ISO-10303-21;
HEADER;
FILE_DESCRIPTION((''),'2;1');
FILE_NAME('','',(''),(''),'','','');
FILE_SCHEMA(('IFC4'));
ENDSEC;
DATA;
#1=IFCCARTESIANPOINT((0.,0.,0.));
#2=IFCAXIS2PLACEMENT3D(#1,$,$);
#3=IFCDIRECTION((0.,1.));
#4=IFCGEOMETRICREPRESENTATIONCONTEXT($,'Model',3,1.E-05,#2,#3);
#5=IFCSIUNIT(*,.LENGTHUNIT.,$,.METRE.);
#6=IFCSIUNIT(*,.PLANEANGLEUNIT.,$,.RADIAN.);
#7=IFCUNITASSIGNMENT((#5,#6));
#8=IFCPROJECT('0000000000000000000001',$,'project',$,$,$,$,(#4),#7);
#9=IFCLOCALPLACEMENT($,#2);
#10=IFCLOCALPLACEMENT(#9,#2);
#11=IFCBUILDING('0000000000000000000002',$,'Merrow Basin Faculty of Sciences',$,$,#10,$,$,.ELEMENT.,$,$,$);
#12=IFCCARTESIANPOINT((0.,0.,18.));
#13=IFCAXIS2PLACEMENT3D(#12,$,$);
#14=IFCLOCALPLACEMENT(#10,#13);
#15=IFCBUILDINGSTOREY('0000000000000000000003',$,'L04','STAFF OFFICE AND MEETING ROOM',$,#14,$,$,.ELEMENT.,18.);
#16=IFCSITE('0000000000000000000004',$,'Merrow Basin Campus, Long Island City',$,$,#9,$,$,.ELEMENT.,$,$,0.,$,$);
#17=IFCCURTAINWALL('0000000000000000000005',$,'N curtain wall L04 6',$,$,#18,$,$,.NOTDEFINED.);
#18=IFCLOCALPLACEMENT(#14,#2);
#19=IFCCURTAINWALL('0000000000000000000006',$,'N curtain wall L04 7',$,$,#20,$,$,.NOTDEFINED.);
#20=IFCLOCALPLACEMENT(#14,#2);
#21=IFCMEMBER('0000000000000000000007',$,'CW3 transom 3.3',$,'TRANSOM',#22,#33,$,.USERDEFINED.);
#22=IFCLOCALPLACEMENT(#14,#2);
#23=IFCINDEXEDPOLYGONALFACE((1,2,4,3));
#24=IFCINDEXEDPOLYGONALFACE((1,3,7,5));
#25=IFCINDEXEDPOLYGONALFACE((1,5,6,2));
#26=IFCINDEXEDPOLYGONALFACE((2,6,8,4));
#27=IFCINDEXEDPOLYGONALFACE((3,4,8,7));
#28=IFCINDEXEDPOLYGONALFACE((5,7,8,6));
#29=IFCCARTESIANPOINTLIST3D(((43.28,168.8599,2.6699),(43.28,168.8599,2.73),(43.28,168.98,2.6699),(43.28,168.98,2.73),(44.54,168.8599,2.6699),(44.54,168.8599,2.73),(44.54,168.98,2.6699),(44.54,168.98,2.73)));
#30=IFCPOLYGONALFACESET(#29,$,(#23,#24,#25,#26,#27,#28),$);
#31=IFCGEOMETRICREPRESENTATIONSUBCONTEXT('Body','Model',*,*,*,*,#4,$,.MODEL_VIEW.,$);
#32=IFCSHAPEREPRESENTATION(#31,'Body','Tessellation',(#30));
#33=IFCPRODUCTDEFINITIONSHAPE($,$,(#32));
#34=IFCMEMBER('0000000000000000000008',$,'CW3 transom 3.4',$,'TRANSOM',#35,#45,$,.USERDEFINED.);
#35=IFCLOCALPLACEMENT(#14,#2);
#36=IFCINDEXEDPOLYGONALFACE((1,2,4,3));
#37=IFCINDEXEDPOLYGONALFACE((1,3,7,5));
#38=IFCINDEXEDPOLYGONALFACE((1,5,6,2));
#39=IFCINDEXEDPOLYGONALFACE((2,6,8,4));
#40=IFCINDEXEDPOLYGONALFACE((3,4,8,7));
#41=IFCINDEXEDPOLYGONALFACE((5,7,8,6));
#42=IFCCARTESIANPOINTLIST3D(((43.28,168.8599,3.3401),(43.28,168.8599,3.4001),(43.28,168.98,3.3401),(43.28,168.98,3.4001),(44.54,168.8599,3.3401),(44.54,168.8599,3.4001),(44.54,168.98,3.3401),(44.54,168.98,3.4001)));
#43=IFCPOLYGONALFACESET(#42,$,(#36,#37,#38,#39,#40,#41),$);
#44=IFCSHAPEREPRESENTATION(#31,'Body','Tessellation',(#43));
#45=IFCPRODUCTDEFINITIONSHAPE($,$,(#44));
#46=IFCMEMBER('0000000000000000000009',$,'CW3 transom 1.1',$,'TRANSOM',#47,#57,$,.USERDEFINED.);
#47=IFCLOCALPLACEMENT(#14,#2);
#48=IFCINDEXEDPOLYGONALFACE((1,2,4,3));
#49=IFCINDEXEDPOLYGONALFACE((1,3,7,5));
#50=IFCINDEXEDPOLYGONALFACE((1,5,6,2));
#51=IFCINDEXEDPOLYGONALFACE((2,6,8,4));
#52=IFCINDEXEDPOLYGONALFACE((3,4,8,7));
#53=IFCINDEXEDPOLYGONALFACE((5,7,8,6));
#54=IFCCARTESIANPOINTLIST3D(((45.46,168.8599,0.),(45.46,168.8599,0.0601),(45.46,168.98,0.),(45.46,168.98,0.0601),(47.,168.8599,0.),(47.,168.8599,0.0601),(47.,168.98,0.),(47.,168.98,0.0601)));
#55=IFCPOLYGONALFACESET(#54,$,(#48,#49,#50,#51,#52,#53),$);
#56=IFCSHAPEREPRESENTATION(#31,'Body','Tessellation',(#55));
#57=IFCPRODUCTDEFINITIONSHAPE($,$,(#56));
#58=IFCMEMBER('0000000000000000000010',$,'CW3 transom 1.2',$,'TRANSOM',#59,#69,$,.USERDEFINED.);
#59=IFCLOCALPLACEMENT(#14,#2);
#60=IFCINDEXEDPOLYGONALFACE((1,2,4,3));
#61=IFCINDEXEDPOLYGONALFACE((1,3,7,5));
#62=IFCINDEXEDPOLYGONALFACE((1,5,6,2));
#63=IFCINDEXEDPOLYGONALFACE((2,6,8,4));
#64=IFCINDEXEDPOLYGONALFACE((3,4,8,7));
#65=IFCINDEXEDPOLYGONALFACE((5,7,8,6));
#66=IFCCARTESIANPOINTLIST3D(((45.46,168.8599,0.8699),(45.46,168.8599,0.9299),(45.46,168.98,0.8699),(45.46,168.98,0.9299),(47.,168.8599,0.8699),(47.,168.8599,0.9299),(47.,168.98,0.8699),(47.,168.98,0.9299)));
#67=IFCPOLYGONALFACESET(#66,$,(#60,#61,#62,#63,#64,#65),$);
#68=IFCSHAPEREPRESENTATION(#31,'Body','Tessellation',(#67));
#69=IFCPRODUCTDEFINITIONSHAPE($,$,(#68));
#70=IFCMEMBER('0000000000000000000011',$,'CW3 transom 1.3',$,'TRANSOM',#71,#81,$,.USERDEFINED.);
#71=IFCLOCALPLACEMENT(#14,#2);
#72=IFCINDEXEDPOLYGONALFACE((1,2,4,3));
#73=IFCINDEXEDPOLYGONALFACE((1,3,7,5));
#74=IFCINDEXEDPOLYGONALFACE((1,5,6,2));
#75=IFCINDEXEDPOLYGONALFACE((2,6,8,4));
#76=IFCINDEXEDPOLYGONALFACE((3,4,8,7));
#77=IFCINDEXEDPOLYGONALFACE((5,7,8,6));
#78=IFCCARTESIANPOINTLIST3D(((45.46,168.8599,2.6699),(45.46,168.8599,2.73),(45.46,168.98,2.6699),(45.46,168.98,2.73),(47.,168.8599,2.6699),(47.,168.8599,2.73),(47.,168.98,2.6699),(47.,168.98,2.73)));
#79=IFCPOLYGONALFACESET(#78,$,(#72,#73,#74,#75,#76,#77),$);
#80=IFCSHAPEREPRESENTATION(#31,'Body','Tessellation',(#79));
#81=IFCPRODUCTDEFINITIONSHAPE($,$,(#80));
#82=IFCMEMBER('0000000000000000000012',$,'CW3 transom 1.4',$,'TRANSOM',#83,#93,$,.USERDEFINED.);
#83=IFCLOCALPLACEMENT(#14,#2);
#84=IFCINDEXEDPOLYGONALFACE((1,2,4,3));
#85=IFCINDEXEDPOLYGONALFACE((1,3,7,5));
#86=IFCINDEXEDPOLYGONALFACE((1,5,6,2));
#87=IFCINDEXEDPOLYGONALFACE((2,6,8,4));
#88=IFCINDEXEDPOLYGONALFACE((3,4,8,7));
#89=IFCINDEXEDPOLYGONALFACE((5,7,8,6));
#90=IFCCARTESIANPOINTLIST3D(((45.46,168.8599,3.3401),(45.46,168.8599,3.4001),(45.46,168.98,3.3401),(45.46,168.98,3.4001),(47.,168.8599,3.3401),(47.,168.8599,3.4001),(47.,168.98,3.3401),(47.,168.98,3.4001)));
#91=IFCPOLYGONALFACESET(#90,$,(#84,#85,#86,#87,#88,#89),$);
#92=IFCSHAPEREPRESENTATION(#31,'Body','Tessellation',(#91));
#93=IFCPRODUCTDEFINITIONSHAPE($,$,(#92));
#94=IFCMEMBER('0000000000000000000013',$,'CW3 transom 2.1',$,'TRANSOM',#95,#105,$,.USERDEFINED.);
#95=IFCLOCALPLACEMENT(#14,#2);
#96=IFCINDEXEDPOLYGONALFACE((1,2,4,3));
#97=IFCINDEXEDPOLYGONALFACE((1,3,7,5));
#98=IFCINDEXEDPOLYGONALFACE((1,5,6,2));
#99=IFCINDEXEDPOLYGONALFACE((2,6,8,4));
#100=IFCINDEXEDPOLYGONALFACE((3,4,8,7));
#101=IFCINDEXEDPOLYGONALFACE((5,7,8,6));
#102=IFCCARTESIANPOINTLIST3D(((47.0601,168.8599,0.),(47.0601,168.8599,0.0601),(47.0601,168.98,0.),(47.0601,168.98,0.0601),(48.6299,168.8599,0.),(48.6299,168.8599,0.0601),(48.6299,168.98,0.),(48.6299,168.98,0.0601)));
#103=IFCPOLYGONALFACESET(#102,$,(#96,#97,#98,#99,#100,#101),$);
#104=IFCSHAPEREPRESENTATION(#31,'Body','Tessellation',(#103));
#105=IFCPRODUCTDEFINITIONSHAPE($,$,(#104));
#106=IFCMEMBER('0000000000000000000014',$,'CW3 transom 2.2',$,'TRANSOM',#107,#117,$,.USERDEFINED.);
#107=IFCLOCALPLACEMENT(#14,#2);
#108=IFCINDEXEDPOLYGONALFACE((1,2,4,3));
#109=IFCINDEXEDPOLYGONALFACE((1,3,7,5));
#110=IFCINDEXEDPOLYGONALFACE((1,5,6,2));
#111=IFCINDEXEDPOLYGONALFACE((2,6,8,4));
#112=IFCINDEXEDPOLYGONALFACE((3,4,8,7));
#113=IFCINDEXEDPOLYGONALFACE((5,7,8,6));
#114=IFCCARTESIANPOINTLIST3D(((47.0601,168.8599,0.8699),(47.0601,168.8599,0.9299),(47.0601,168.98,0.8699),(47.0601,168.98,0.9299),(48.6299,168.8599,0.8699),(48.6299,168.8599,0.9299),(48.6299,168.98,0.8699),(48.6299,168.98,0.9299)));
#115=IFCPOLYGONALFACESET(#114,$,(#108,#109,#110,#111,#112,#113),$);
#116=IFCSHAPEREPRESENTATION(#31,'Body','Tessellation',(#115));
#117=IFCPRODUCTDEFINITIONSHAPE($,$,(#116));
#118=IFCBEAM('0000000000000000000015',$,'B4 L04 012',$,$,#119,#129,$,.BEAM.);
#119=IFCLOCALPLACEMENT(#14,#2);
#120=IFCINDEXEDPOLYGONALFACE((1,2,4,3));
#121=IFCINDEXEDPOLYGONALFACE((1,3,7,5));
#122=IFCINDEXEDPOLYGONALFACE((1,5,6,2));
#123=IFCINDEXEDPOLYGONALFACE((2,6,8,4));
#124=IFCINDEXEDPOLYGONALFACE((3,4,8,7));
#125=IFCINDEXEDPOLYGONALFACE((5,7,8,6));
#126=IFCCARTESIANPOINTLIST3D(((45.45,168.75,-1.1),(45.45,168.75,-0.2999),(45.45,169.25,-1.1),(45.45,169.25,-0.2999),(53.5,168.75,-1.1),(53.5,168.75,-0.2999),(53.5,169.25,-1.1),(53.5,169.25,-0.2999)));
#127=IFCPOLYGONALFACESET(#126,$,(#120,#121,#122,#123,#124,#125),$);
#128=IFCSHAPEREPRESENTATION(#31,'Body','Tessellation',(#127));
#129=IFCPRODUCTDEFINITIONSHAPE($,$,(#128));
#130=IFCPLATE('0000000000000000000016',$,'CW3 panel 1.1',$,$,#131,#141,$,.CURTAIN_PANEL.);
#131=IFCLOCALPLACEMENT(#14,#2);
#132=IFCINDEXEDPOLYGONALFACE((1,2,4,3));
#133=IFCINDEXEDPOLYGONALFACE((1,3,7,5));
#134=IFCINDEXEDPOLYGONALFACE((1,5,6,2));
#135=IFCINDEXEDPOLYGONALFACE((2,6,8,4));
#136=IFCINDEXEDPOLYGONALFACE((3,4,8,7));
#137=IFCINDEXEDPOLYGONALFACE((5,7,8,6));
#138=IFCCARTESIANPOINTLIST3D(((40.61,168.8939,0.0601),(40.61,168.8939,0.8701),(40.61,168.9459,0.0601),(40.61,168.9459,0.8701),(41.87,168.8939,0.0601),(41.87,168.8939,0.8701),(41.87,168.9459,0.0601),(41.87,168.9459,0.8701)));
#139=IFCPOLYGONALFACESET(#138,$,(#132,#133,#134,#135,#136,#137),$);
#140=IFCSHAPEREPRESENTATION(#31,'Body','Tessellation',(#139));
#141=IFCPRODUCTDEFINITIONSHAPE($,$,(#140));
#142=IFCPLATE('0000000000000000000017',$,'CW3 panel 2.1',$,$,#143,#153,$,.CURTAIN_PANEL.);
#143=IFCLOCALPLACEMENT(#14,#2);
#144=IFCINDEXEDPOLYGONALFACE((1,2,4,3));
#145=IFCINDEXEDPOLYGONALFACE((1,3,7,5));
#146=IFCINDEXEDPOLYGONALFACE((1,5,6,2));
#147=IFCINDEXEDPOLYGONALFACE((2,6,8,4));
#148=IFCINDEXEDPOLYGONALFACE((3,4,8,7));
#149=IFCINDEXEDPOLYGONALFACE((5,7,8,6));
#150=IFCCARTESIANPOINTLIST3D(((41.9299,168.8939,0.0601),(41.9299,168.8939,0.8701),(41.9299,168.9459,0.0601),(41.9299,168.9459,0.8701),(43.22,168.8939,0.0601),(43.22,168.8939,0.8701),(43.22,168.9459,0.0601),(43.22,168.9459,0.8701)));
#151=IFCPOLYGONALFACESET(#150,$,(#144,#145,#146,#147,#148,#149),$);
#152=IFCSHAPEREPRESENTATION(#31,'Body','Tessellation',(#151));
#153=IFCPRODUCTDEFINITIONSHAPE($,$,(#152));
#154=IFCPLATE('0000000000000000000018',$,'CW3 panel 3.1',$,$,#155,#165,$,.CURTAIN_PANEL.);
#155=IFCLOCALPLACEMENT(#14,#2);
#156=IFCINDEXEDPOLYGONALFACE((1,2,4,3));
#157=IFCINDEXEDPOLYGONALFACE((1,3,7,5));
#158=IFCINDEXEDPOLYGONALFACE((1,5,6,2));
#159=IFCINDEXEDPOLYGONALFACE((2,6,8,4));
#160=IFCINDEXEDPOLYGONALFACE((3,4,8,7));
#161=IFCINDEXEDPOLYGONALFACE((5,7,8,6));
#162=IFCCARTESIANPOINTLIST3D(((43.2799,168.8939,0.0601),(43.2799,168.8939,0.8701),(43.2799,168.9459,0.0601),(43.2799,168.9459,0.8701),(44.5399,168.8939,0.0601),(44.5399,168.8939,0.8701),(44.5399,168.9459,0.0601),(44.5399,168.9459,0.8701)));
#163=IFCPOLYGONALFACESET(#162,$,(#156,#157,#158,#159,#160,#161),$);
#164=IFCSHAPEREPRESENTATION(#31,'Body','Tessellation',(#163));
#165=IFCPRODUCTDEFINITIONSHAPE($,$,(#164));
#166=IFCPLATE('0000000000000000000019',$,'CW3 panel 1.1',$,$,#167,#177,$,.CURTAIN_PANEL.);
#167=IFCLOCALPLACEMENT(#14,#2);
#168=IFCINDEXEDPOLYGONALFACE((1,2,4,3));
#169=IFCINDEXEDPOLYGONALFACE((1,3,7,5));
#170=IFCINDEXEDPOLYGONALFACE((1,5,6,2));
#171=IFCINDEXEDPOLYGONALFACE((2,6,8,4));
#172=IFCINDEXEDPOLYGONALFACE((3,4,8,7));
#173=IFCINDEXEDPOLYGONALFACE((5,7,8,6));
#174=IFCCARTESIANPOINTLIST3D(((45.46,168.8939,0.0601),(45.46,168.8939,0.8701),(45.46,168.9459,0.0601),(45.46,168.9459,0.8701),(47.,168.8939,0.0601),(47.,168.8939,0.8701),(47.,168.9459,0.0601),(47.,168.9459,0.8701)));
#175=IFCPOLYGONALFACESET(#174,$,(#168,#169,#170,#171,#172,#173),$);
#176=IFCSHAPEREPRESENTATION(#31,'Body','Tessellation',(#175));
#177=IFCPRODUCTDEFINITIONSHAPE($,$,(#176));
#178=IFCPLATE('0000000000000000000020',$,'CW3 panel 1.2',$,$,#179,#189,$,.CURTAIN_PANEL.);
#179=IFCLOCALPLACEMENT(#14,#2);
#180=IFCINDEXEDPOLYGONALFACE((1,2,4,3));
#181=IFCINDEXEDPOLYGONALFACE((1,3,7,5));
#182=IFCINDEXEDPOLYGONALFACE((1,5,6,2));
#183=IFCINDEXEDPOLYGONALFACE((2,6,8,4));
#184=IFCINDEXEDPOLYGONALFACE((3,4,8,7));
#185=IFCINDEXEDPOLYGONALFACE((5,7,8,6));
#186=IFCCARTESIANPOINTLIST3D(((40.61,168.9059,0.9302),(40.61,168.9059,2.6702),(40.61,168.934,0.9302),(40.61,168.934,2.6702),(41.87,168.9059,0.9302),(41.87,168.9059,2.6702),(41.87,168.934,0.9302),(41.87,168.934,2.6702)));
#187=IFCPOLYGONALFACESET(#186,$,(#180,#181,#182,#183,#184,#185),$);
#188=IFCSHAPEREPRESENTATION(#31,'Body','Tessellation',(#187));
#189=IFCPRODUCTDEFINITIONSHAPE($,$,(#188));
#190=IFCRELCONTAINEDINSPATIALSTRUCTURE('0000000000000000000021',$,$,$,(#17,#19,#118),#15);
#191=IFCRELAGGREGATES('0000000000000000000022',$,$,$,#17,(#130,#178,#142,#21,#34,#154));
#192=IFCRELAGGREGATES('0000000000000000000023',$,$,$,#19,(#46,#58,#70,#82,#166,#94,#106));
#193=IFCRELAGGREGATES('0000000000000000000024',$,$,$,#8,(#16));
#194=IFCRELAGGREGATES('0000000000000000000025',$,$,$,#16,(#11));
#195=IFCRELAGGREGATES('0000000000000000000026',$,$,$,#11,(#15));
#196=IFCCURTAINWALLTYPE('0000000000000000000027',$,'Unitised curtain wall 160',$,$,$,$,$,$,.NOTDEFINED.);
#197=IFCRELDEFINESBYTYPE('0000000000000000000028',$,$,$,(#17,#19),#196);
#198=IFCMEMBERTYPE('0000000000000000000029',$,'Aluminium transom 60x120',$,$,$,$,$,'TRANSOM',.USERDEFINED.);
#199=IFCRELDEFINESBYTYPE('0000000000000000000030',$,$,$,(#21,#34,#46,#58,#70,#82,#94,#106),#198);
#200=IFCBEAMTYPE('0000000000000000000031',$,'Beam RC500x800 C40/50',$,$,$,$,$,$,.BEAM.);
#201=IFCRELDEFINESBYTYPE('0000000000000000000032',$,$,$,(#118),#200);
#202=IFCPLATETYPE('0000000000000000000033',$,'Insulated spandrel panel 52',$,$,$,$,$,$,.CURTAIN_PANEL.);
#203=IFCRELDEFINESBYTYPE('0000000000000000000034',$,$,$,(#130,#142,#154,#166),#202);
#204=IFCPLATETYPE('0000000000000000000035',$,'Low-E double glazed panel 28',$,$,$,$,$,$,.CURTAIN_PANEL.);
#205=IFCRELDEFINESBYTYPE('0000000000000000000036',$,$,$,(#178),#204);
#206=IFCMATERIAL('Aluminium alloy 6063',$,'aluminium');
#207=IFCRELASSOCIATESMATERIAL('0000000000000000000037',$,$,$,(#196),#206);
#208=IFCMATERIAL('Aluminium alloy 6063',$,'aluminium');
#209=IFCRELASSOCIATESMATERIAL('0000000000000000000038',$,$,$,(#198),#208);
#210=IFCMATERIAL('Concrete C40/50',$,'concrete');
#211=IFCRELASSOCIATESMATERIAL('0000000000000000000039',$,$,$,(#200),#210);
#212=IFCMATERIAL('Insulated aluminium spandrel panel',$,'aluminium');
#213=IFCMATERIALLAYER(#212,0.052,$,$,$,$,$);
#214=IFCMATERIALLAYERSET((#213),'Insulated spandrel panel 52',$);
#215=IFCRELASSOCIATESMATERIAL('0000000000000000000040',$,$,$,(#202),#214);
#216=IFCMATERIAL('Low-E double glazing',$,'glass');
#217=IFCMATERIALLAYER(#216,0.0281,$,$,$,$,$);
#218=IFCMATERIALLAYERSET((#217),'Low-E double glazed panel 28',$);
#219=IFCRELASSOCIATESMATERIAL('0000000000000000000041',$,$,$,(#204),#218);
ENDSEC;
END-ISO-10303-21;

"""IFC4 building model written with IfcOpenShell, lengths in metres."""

from ifc_helpers import new_model, si_unit, direction, frame, origin, origin_2d, place, context, subcontext, project, spatial, rectangle, extrude, material, layer, layer_set, material_profile, profile_set, type_object, element, aggregate, save


model = new_model("IFC4")

# Units and contexts
model_context = context("Model", 3, precision=1e-05, world=origin(), true_north=direction((0.0, 1.0)))
body_context = subcontext(model_context, "Body", "Model", "MODEL_VIEW")
ifc_project = project(units=[si_unit("LENGTHUNIT", "METRE"), si_unit("PLANEANGLEUNIT", "RADIAN")], contexts=[model_context])

# Site, building, storey
site_placement = place(None, origin())
site = spatial("IfcSite", under=ifc_project, at=site_placement, Name="Merrow Basin Campus, Long Island City", CompositionType="ELEMENT", RefElevation=0.0)
building_placement = place(site_placement, origin())
building = spatial("IfcBuilding", under=site, at=building_placement, Name="Merrow Basin Faculty of Sciences", CompositionType="ELEMENT")
storey_placement = place(building_placement, frame((0.0, 0.0, 18.0)))
storey = spatial("IfcBuildingStorey", under=building, at=storey_placement, Name="L04", Description="STAFF OFFICE AND MEETING ROOM", CompositionType="ELEMENT", Elevation=18.0)

# Curtain walls
ifc_material_1 = material(Name="Aluminium alloy 6063", Category="aluminium")
curtain_wall_type = type_object("IfcCurtainWallType", Name="Unitised curtain wall 160", PredefinedType="NOTDEFINED", material=ifc_material_1)
curtain_wall_1_placement = place(storey_placement, origin())
curtain_wall_1 = element("IfcCurtainWall", 1, at=curtain_wall_1_placement, inside=storey, type_object=curtain_wall_type, Name="N curtain wall L04 6", PredefinedType="NOTDEFINED")
curtain_wall_2_placement = place(storey_placement, origin())
curtain_wall_2 = element("IfcCurtainWall", 2, at=curtain_wall_2_placement, inside=storey, type_object=curtain_wall_type, Name="N curtain wall L04 7", PredefinedType="NOTDEFINED")

# Members
ifc_material_2 = material(Name="Aluminium alloy 6063", Category="aluminium")
ifc_material_profile_1 = material_profile(ifc_material_2, rectangle(XDim=0.1201, YDim=0.0601, at=origin_2d()))
ifc_profile_set_1 = profile_set([ifc_material_profile_1], Name="Aluminium alloy 6063")
member_type_1 = type_object("IfcMemberType", Name="Aluminium transom 60x120", ElementType="TRANSOM", PredefinedType="USERDEFINED", material=ifc_profile_set_1)
member_1_placement = place(storey_placement, frame((43.28, 168.9199, 2.7), z_axis=(1.0, 0.0, 0.0), x_axis=(0.0, 1.0, 0.0)))
member_1 = element("IfcMember", 3, at=member_1_placement, type_object=member_type_1, Name="CW3 transom 3.3", ObjectType="TRANSOM", PredefinedType="USERDEFINED", context=body_context, shape_type="SweptSolid", body=[
    extrude(rectangle(XDim=0.1201, YDim=0.0601, at=origin_2d()), origin(), (0.0, 0.0, 1.0), 1.26),
])
member_2_placement = place(storey_placement, frame((43.28, 168.9199, 3.3701), z_axis=(1.0, 0.0, 0.0), x_axis=(0.0, 1.0, 0.0)))
member_2 = element("IfcMember", 4, at=member_2_placement, type_object=member_type_1, Name="CW3 transom 3.4", ObjectType="TRANSOM", PredefinedType="USERDEFINED", context=body_context, shape_type="SweptSolid", body=[
    extrude(rectangle(XDim=0.1201, YDim=0.0601, at=origin_2d()), origin(), (0.0, 0.0, 1.0), 1.26),
])
member_3_placement = place(storey_placement, frame((45.46, 168.9199, 0.03), z_axis=(1.0, 0.0, 0.0), x_axis=(0.0, 1.0, 0.0)))
member_3 = element("IfcMember", 5, at=member_3_placement, type_object=member_type_1, Name="CW3 transom 1.1", ObjectType="TRANSOM", PredefinedType="USERDEFINED", context=body_context, shape_type="SweptSolid", body=[
    extrude(rectangle(XDim=0.1201, YDim=0.0601, at=origin_2d()), origin(), (0.0, 0.0, 1.0), 1.54),
])
member_4_placement = place(storey_placement, frame((45.46, 168.9199, 0.8999), z_axis=(1.0, 0.0, 0.0), x_axis=(0.0, 1.0, 0.0)))
member_4 = element("IfcMember", 6, at=member_4_placement, type_object=member_type_1, Name="CW3 transom 1.2", ObjectType="TRANSOM", PredefinedType="USERDEFINED", context=body_context, shape_type="SweptSolid", body=[
    extrude(rectangle(XDim=0.1201, YDim=0.0601, at=origin_2d()), origin(), (0.0, 0.0, 1.0), 1.54),
])
member_5_placement = place(storey_placement, frame((45.46, 168.9199, 2.7), z_axis=(1.0, 0.0, 0.0), x_axis=(0.0, 1.0, 0.0)))
member_5 = element("IfcMember", 7, at=member_5_placement, type_object=member_type_1, Name="CW3 transom 1.3", ObjectType="TRANSOM", PredefinedType="USERDEFINED", context=body_context, shape_type="SweptSolid", body=[
    extrude(rectangle(XDim=0.1201, YDim=0.0601, at=origin_2d()), origin(), (0.0, 0.0, 1.0), 1.54),
])
member_6_placement = place(storey_placement, frame((45.46, 168.9199, 3.3701), z_axis=(1.0, 0.0, 0.0), x_axis=(0.0, 1.0, 0.0)))
member_6 = element("IfcMember", 8, at=member_6_placement, type_object=member_type_1, Name="CW3 transom 1.4", ObjectType="TRANSOM", PredefinedType="USERDEFINED", context=body_context, shape_type="SweptSolid", body=[
    extrude(rectangle(XDim=0.1201, YDim=0.0601, at=origin_2d()), origin(), (0.0, 0.0, 1.0), 1.54),
])
member_7_placement = place(storey_placement, frame((47.0601, 168.9199, 0.03), z_axis=(1.0, 0.0, 0.0), x_axis=(0.0, 1.0, 0.0)))
member_7 = element("IfcMember", 9, at=member_7_placement, type_object=member_type_1, Name="CW3 transom 2.1", ObjectType="TRANSOM", PredefinedType="USERDEFINED", context=body_context, shape_type="SweptSolid", body=[
    extrude(rectangle(XDim=0.1201, YDim=0.0601, at=origin_2d()), origin(), (0.0, 0.0, 1.0), 1.5698),
])
member_8_placement = place(storey_placement, frame((47.0601, 168.9199, 0.8999), z_axis=(1.0, 0.0, 0.0), x_axis=(0.0, 1.0, 0.0)))
member_8 = element("IfcMember", 10, at=member_8_placement, type_object=member_type_1, Name="CW3 transom 2.2", ObjectType="TRANSOM", PredefinedType="USERDEFINED", context=body_context, shape_type="SweptSolid", body=[
    extrude(rectangle(XDim=0.1201, YDim=0.0601, at=origin_2d()), origin(), (0.0, 0.0, 1.0), 1.5698),
])

# Beam
ifc_material_3 = material(Name="Concrete C40/50", Category="concrete")
ifc_material_profile_2 = material_profile(ifc_material_3, rectangle(XDim=0.5, YDim=0.8, at=origin_2d()))
ifc_profile_set_2 = profile_set([ifc_material_profile_2], Name="Concrete C40/50")
beam_type = type_object("IfcBeamType", Name="Beam RC500x800 C40/50", PredefinedType="BEAM", material=ifc_profile_set_2)
beam_placement = place(storey_placement, frame((45.45, 169.0, -0.7), z_axis=(1.0, 0.0, 0.0), x_axis=(0.0, 1.0, 0.0)))
element("IfcBeam", 11, at=beam_placement, inside=storey, type_object=beam_type, Name="B4 L04 012", PredefinedType="BEAM", context=body_context, shape_type="SweptSolid", body=[
    extrude(rectangle(XDim=0.5, YDim=0.8, at=origin_2d()), origin(), (0.0, 0.0, 1.0), 8.05),
])

# Plates
ifc_material_4 = material(Name="Insulated aluminium spandrel panel", Category="aluminium")
ifc_layer_1 = layer(ifc_material_4, 0.052)
ifc_layer_set_1 = layer_set([ifc_layer_1], Name="Insulated spandrel panel 52")
plate_type_1 = type_object("IfcPlateType", Name="Insulated spandrel panel 52", PredefinedType="CURTAIN_PANEL", material=ifc_layer_set_1)
plate_1_placement = place(storey_placement, frame((41.24, 168.9199, 0.0601), z_axis=(0.0, 0.0, 1.0), x_axis=(1.0, 0.0, 0.0)))
plate_1 = element("IfcPlate", 12, at=plate_1_placement, type_object=plate_type_1, Name="CW3 panel 1.1", PredefinedType="CURTAIN_PANEL", context=body_context, shape_type="SweptSolid", body=[
    extrude(rectangle(XDim=1.26, YDim=0.052, at=origin_2d()), origin(), (0.0, 0.0, 1.0), 0.8101),
])
plate_2_placement = place(storey_placement, frame((42.575, 168.9199, 0.0601), z_axis=(0.0, 0.0, 1.0), x_axis=(1.0, 0.0, 0.0)))
plate_2 = element("IfcPlate", 13, at=plate_2_placement, type_object=plate_type_1, Name="CW3 panel 2.1", PredefinedType="CURTAIN_PANEL", context=body_context, shape_type="SweptSolid", body=[
    extrude(rectangle(XDim=1.29, YDim=0.052, at=origin_2d()), origin(), (0.0, 0.0, 1.0), 0.8101),
])
plate_3_placement = place(storey_placement, frame((43.9099, 168.9199, 0.0601), z_axis=(0.0, 0.0, 1.0), x_axis=(1.0, 0.0, 0.0)))
plate_3 = element("IfcPlate", 14, at=plate_3_placement, type_object=plate_type_1, Name="CW3 panel 3.1", PredefinedType="CURTAIN_PANEL", context=body_context, shape_type="SweptSolid", body=[
    extrude(rectangle(XDim=1.26, YDim=0.052, at=origin_2d()), origin(), (0.0, 0.0, 1.0), 0.8101),
])
plate_4_placement = place(storey_placement, frame((46.23, 168.9199, 0.0601), z_axis=(0.0, 0.0, 1.0), x_axis=(1.0, 0.0, 0.0)))
plate_4 = element("IfcPlate", 15, at=plate_4_placement, type_object=plate_type_1, Name="CW3 panel 1.1", PredefinedType="CURTAIN_PANEL", context=body_context, shape_type="SweptSolid", body=[
    extrude(rectangle(XDim=1.54, YDim=0.052, at=origin_2d()), origin(), (0.0, 0.0, 1.0), 0.8101),
])
ifc_material_5 = material(Name="Low-E double glazing", Category="glass")
ifc_layer_2 = layer(ifc_material_5, 0.0281)
ifc_layer_set_2 = layer_set([ifc_layer_2], Name="Low-E double glazed panel 28")
plate_type_2 = type_object("IfcPlateType", Name="Low-E double glazed panel 28", PredefinedType="CURTAIN_PANEL", material=ifc_layer_set_2)
plate_5_placement = place(storey_placement, frame((41.24, 168.9199, 0.9302), z_axis=(0.0, 0.0, 1.0), x_axis=(1.0, 0.0, 0.0)))
plate_5 = element("IfcPlate", 16, at=plate_5_placement, type_object=plate_type_2, Name="CW3 panel 1.2", PredefinedType="CURTAIN_PANEL", context=body_context, shape_type="SweptSolid", body=[
    extrude(rectangle(XDim=1.26, YDim=0.0281, at=origin_2d()), origin(), (0.0, 0.0, 1.0), 1.74),
])
aggregate(curtain_wall_1, [plate_1, plate_5, plate_2, member_1, member_2, plate_3])
aggregate(curtain_wall_2, [member_3, member_4, member_5, member_6, plate_4, member_7, member_8])

save(model, "model.ifc")
